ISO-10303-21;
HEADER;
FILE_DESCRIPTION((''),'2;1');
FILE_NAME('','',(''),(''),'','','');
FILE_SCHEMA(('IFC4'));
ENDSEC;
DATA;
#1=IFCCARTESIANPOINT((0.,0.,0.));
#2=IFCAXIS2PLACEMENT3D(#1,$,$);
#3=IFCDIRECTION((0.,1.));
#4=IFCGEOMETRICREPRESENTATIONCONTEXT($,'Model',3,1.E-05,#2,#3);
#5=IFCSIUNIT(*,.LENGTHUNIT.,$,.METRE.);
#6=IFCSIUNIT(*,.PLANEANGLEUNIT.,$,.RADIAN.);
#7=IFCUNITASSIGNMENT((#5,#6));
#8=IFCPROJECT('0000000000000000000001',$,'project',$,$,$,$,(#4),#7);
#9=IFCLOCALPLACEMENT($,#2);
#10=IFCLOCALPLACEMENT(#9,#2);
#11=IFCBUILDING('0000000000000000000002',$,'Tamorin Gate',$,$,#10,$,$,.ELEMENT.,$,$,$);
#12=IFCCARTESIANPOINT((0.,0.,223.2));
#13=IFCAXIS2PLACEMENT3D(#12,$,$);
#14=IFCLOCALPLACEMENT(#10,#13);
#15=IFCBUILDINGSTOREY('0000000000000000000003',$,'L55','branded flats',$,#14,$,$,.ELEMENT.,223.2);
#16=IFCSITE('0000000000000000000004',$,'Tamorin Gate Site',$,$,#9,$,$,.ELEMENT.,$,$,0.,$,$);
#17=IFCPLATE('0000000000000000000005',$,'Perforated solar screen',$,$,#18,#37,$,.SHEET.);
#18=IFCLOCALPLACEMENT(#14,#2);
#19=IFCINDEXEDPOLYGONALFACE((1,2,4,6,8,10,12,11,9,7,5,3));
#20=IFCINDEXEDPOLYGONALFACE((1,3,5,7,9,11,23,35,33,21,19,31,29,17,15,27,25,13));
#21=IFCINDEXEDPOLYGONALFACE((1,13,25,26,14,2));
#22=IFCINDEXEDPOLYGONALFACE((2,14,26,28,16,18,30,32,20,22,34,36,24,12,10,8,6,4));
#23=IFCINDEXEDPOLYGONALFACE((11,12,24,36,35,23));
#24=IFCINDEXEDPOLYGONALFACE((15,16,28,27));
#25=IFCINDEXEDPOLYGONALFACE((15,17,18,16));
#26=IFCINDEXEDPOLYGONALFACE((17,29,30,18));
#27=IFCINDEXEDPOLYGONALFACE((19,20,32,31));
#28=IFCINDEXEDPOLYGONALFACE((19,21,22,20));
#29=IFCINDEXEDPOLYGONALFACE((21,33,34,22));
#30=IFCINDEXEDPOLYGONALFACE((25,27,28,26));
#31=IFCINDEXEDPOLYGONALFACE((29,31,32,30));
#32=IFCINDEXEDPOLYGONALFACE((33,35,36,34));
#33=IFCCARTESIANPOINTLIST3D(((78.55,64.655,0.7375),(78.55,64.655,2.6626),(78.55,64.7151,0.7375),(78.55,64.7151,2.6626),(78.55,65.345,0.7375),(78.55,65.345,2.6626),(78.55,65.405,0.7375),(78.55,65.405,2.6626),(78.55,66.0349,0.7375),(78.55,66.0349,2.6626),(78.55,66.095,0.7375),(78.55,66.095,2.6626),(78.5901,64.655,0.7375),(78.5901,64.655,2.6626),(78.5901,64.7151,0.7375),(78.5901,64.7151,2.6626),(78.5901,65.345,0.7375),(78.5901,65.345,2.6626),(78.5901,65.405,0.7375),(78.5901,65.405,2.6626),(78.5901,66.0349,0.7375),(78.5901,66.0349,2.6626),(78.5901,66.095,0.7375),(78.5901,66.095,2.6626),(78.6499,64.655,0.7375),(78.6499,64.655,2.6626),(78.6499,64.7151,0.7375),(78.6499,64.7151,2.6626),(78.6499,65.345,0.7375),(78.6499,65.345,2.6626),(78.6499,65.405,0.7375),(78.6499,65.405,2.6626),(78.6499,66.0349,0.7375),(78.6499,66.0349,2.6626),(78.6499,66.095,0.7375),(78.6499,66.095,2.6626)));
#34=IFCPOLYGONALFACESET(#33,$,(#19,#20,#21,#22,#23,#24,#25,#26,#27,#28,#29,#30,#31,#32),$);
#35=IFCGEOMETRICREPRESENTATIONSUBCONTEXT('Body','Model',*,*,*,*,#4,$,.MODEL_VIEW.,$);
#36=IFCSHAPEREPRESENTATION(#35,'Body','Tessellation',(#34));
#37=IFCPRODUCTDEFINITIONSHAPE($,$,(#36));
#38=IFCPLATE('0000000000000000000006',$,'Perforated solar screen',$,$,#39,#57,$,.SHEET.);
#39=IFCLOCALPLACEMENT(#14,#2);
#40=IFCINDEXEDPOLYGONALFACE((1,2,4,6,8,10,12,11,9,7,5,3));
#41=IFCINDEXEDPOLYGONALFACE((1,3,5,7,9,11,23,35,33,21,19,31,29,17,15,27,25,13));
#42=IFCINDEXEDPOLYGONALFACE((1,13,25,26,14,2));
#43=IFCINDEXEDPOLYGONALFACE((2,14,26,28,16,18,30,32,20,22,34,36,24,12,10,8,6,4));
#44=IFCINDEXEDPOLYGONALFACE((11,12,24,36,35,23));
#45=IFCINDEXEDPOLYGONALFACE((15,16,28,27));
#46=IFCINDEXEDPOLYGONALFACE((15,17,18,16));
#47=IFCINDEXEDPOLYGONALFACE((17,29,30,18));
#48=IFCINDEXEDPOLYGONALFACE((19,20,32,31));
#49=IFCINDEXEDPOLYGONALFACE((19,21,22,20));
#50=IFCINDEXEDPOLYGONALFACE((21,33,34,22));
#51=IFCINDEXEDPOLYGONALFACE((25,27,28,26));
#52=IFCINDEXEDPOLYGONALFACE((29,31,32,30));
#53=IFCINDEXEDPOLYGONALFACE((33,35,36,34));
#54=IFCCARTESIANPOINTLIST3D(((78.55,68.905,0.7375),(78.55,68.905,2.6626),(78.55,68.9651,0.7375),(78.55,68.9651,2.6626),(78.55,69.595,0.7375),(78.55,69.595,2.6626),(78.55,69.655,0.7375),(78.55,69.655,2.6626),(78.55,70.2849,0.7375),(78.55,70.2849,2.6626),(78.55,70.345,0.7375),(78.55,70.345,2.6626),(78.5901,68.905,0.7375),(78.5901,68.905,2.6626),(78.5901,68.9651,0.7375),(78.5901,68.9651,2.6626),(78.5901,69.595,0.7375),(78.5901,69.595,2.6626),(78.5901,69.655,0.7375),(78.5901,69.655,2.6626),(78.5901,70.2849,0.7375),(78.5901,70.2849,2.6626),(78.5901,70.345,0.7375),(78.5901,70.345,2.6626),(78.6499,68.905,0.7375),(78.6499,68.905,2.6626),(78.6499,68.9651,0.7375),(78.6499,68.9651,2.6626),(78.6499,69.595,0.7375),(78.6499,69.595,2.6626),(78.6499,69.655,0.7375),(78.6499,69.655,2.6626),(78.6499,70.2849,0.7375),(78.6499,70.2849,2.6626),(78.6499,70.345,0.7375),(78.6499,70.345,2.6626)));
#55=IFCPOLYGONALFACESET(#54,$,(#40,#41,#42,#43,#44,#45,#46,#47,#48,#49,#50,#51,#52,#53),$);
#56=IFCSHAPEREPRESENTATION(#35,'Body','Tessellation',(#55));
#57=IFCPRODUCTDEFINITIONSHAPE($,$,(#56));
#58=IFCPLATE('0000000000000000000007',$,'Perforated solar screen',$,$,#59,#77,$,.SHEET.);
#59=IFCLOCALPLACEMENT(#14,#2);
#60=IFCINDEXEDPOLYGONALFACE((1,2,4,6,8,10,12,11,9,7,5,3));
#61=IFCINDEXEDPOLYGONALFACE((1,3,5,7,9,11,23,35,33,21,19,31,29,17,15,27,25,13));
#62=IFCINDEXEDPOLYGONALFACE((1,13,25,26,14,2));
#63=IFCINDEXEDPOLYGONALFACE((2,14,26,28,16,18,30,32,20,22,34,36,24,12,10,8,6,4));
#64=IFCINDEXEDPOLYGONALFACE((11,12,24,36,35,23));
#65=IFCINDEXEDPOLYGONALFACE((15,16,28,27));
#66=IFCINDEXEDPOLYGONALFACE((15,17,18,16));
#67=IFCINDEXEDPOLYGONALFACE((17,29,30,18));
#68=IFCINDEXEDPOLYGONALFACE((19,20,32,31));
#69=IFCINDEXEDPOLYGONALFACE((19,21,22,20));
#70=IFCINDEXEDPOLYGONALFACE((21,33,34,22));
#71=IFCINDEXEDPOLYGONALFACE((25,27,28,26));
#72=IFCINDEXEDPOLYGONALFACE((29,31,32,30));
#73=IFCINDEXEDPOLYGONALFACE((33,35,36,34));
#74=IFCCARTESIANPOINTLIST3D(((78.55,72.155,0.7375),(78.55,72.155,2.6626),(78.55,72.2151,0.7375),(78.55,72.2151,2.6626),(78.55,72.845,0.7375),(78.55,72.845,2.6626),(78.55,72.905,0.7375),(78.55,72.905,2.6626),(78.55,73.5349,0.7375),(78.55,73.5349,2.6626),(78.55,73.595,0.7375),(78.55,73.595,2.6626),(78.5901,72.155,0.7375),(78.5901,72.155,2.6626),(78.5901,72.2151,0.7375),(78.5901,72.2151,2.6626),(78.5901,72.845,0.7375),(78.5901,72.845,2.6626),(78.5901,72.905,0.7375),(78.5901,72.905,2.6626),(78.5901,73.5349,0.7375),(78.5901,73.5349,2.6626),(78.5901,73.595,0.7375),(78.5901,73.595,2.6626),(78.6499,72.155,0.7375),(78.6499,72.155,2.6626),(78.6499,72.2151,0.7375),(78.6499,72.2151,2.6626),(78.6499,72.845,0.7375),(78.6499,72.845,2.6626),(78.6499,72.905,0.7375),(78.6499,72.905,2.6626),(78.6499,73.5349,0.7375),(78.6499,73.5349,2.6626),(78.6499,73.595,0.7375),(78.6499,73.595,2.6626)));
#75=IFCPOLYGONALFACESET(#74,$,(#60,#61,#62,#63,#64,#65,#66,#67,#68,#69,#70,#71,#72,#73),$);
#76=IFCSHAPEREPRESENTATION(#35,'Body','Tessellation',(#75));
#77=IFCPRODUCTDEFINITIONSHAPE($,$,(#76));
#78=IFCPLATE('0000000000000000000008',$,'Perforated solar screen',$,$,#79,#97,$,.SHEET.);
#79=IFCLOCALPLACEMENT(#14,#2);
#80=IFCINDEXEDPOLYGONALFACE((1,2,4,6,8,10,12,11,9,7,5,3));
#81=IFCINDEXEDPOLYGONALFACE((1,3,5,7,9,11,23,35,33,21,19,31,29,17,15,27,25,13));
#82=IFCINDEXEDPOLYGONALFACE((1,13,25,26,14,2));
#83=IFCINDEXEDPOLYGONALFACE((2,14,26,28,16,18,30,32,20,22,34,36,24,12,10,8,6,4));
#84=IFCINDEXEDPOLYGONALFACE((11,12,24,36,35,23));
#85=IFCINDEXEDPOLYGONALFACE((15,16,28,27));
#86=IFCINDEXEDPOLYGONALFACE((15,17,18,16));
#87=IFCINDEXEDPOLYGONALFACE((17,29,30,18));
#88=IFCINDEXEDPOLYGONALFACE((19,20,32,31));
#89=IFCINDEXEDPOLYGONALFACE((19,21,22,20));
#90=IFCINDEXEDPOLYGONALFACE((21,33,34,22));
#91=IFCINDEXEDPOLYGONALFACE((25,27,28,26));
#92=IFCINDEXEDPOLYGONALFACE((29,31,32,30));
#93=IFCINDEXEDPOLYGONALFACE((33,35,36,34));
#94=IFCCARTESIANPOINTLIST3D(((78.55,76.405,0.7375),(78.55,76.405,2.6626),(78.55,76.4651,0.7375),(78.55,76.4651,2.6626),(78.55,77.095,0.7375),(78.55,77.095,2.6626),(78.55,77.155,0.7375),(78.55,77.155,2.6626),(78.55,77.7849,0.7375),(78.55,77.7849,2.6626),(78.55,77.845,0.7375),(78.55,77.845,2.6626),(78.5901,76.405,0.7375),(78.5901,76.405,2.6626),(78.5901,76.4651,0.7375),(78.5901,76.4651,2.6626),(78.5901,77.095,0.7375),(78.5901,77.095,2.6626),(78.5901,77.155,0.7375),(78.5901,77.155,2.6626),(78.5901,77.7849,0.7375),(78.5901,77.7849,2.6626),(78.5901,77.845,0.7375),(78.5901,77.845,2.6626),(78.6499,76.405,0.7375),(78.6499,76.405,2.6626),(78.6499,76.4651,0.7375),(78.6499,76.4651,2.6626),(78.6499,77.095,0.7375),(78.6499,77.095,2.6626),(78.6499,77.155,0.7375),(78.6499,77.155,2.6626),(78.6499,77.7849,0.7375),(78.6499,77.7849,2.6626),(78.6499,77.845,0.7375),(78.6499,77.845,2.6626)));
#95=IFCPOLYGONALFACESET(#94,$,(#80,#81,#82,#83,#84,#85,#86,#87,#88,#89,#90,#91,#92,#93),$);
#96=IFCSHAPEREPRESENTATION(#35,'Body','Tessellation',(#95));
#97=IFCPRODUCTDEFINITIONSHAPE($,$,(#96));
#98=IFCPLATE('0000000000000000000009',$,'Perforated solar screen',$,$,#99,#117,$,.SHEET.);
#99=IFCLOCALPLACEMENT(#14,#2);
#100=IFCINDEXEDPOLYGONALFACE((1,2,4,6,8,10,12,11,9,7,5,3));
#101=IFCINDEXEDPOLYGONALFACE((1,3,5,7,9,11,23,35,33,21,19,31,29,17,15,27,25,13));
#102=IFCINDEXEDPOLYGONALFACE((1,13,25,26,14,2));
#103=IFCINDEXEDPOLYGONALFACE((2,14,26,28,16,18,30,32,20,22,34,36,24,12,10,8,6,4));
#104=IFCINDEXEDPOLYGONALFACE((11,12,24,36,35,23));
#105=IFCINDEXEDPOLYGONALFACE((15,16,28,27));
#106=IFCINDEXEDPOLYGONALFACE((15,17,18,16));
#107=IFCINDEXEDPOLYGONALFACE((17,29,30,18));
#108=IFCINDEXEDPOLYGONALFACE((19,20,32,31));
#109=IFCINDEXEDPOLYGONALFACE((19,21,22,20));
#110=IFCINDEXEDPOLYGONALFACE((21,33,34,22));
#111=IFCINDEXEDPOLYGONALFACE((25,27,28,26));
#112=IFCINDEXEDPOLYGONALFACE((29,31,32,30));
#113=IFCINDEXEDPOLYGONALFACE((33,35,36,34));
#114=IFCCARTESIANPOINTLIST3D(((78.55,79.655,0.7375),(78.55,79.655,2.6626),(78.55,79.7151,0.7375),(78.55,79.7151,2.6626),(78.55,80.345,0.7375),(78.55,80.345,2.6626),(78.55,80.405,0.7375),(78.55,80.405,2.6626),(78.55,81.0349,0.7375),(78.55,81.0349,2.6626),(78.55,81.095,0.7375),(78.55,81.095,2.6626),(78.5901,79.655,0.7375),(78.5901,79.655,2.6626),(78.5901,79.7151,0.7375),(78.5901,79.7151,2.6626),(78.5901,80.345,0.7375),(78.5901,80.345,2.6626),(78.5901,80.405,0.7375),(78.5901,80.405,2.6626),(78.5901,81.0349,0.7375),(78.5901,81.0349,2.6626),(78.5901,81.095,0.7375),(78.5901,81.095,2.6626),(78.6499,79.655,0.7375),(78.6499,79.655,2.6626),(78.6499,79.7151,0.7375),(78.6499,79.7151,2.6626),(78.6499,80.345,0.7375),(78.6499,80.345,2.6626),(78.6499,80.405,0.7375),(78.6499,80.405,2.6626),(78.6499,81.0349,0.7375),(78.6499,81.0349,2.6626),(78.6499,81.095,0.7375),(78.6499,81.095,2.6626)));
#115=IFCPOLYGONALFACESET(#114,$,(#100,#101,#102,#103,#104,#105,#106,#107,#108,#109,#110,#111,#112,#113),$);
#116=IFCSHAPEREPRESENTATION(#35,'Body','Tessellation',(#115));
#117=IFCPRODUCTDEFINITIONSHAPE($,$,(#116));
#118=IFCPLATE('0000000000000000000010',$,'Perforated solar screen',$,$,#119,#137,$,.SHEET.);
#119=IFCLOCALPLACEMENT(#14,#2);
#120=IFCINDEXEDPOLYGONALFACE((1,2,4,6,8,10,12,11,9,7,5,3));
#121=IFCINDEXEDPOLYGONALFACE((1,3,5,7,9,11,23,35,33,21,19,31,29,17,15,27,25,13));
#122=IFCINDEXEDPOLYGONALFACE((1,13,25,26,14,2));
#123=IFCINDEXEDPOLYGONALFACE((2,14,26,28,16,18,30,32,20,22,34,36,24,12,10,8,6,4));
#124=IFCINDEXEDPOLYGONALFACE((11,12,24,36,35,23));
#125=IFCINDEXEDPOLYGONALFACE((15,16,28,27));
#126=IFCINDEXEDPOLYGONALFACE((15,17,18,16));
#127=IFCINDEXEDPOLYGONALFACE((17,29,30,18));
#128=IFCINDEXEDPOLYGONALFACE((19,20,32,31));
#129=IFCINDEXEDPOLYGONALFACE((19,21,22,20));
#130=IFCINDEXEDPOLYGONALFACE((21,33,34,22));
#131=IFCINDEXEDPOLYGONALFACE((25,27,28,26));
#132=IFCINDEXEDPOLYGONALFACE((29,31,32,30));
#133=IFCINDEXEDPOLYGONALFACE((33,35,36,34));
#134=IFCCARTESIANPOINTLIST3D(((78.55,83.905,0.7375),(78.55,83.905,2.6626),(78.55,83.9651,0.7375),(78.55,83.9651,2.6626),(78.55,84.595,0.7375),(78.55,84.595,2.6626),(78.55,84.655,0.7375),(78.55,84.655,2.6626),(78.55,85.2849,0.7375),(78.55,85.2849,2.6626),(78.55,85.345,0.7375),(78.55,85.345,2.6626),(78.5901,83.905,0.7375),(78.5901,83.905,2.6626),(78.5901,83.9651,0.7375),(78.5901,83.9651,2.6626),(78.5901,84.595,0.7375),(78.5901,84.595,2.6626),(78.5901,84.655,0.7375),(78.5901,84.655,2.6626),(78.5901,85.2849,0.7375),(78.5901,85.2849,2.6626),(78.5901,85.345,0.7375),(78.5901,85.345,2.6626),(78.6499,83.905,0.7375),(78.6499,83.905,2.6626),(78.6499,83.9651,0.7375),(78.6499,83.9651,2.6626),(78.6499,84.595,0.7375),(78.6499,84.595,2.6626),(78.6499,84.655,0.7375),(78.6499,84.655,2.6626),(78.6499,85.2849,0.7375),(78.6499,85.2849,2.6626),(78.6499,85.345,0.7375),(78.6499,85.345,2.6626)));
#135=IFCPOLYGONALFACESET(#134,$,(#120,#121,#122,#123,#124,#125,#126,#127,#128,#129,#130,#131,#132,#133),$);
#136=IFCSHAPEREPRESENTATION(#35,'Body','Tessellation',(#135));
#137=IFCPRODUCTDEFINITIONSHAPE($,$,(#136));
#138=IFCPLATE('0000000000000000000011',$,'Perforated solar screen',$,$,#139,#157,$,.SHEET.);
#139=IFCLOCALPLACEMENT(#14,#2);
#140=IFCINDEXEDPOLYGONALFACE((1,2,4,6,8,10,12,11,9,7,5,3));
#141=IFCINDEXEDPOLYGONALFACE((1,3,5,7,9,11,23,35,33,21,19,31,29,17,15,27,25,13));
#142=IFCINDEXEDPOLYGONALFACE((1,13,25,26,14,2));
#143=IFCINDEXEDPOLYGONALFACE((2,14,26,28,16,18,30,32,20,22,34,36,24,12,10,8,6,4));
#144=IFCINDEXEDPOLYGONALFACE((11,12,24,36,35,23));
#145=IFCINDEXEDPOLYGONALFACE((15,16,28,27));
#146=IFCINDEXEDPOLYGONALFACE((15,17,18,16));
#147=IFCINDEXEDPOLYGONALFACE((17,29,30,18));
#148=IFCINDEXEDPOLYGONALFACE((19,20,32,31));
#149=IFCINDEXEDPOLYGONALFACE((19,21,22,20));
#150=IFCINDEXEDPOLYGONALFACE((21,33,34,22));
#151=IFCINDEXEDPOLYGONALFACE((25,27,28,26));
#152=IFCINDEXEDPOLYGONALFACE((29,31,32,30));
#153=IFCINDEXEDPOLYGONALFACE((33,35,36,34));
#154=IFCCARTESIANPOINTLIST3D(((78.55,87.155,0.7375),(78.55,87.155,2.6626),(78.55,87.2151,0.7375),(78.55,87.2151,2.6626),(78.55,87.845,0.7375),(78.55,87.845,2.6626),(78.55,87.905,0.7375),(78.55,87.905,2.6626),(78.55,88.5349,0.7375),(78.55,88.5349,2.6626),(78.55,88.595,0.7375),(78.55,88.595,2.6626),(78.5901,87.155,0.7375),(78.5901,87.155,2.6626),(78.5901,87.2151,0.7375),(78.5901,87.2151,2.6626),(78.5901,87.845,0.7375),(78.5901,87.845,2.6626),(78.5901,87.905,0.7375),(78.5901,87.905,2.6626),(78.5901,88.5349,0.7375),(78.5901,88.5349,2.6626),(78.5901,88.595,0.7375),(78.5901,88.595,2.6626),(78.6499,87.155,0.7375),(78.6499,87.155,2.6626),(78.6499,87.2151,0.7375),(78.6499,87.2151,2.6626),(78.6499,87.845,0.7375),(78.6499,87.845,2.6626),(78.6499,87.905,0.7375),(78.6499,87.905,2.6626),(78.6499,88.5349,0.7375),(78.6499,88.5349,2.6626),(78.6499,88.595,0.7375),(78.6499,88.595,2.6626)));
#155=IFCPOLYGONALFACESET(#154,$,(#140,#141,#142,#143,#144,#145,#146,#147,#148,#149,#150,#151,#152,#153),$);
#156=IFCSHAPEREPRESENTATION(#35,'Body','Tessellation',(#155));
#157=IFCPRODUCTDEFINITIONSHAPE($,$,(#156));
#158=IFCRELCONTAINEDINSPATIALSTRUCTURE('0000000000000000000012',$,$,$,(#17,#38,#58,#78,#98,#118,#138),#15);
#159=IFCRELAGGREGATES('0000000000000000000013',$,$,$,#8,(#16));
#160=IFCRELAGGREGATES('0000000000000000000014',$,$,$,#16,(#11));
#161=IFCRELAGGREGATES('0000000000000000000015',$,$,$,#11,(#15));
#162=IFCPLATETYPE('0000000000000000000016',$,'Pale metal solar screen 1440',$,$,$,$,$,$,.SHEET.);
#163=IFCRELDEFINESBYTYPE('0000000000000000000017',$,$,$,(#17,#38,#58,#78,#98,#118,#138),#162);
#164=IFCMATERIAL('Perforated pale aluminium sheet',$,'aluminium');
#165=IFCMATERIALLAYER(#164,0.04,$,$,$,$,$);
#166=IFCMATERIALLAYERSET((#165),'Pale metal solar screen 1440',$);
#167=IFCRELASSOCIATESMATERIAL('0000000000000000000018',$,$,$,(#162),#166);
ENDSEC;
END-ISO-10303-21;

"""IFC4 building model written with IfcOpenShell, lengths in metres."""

from ifc_helpers import new_model, si_unit, direction, frame, origin, place, context, subcontext, project, spatial, polyline, outline, extrude, material, layer, layer_set, type_object, element, save


model = new_model("IFC4")

# Units and contexts
model_context = context("Model", 3, precision=1e-05, world=origin(), true_north=direction((0.0, 1.0)))
body_context = subcontext(model_context, "Body", "Model", "MODEL_VIEW")
ifc_project = project(units=[si_unit("LENGTHUNIT", "METRE"), si_unit("PLANEANGLEUNIT", "RADIAN")], contexts=[model_context])

# Site, building, storey
site_placement = place(None, origin())
site = spatial("IfcSite", under=ifc_project, at=site_placement, Name="Tamorin Gate Site", CompositionType="ELEMENT", RefElevation=0.0)
building_placement = place(site_placement, origin())
building = spatial("IfcBuilding", under=site, at=building_placement, Name="Tamorin Gate", CompositionType="ELEMENT")
storey_placement = place(building_placement, frame((0.0, 0.0, 223.2)))
storey = spatial("IfcBuildingStorey", under=building, at=storey_placement, Name="L55", Description="branded flats", CompositionType="ELEMENT", Elevation=223.2)

# Plates
ifc_material_1 = material(Name="Perforated pale aluminium sheet", Category="aluminium")
ifc_layer_1 = layer(ifc_material_1, 0.04)
ifc_layer_set_1 = layer_set([ifc_layer_1], Name="Pale metal solar screen 1440")
plate_type = type_object("IfcPlateType", Name="Pale metal solar screen 1440", PredefinedType="SHEET", material=ifc_layer_set_1)
plate_1_placement = place(storey_placement, frame((0.0, 0.0, 0.7375)))
element("IfcPlate", 1, at=plate_1_placement, inside=storey, type_object=plate_type, Name="Perforated solar screen", PredefinedType="SHEET", context=body_context, shape_type="SweptSolid", body=[
    extrude(outline(polyline([(78.5901, 64.655), (78.55, 64.655), (78.55, 64.7151), (78.55, 65.345), (78.55, 65.405), (78.55, 66.0349), (78.55, 66.095), (78.5901, 66.095), (78.6499, 66.095), (78.6499, 66.0349), (78.5901, 66.0349), (78.5901, 65.405), (78.6499, 65.405), (78.6499, 65.345), (78.5901, 65.345), (78.5901, 64.7151), (78.6499, 64.7151), (78.6499, 64.655), (78.5901, 64.655)])), origin(), (0.0, 0.0, 1.0), 1.925),
])
plate_2_placement = place(storey_placement, frame((0.0, 0.0, 0.7375)))
element("IfcPlate", 2, at=plate_2_placement, inside=storey, type_object=plate_type, Name="Perforated solar screen", PredefinedType="SHEET", context=body_context, shape_type="SweptSolid", body=[
    extrude(outline(polyline([(78.5901, 68.905), (78.55, 68.905), (78.55, 68.9651), (78.55, 69.595), (78.55, 69.655), (78.55, 70.2849), (78.55, 70.345), (78.5901, 70.345), (78.6499, 70.345), (78.6499, 70.2849), (78.5901, 70.2849), (78.5901, 69.655), (78.6499, 69.655), (78.6499, 69.595), (78.5901, 69.595), (78.5901, 68.9651), (78.6499, 68.9651), (78.6499, 68.905), (78.5901, 68.905)])), origin(), (0.0, 0.0, 1.0), 1.925),
])
plate_3_placement = place(storey_placement, frame((0.0, 0.0, 0.7375)))
element("IfcPlate", 3, at=plate_3_placement, inside=storey, type_object=plate_type, Name="Perforated solar screen", PredefinedType="SHEET", context=body_context, shape_type="SweptSolid", body=[
    extrude(outline(polyline([(78.5901, 72.155), (78.55, 72.155), (78.55, 72.2151), (78.55, 72.845), (78.55, 72.905), (78.55, 73.5349), (78.55, 73.595), (78.5901, 73.595), (78.6499, 73.595), (78.6499, 73.5349), (78.5901, 73.5349), (78.5901, 72.905), (78.6499, 72.905), (78.6499, 72.845), (78.5901, 72.845), (78.5901, 72.2151), (78.6499, 72.2151), (78.6499, 72.155), (78.5901, 72.155)])), origin(), (0.0, 0.0, 1.0), 1.925),
])
plate_4_placement = place(storey_placement, frame((0.0, 0.0, 0.7375)))
element("IfcPlate", 4, at=plate_4_placement, inside=storey, type_object=plate_type, Name="Perforated solar screen", PredefinedType="SHEET", context=body_context, shape_type="SweptSolid", body=[
    extrude(outline(polyline([(78.5901, 76.405), (78.55, 76.405), (78.55, 76.4651), (78.55, 77.095), (78.55, 77.155), (78.55, 77.7849), (78.55, 77.845), (78.5901, 77.845), (78.6499, 77.845), (78.6499, 77.7849), (78.5901, 77.7849), (78.5901, 77.155), (78.6499, 77.155), (78.6499, 77.095), (78.5901, 77.095), (78.5901, 76.4651), (78.6499, 76.4651), (78.6499, 76.405), (78.5901, 76.405)])), origin(), (0.0, 0.0, 1.0), 1.925),
])
plate_5_placement = place(storey_placement, frame((0.0, 0.0, 0.7375)))
element("IfcPlate", 5, at=plate_5_placement, inside=storey, type_object=plate_type, Name="Perforated solar screen", PredefinedType="SHEET", context=body_context, shape_type="SweptSolid", body=[
    extrude(outline(polyline([(78.5901, 79.655), (78.55, 79.655), (78.55, 79.7151), (78.55, 80.345), (78.55, 80.405), (78.55, 81.0349), (78.55, 81.095), (78.5901, 81.095), (78.6499, 81.095), (78.6499, 81.0349), (78.5901, 81.0349), (78.5901, 80.405), (78.6499, 80.405), (78.6499, 80.345), (78.5901, 80.345), (78.5901, 79.7151), (78.6499, 79.7151), (78.6499, 79.655), (78.5901, 79.655)])), origin(), (0.0, 0.0, 1.0), 1.925),
])
plate_6_placement = place(storey_placement, frame((0.0, 0.0, 0.7375)))
element("IfcPlate", 6, at=plate_6_placement, inside=storey, type_object=plate_type, Name="Perforated solar screen", PredefinedType="SHEET", context=body_context, shape_type="SweptSolid", body=[
    extrude(outline(polyline([(78.5901, 83.905), (78.55, 83.905), (78.55, 83.9651), (78.55, 84.595), (78.55, 84.655), (78.55, 85.2849), (78.55, 85.345), (78.5901, 85.345), (78.6499, 85.345), (78.6499, 85.2849), (78.5901, 85.2849), (78.5901, 84.655), (78.6499, 84.655), (78.6499, 84.595), (78.5901, 84.595), (78.5901, 83.9651), (78.6499, 83.9651), (78.6499, 83.905), (78.5901, 83.905)])), origin(), (0.0, 0.0, 1.0), 1.925),
])
plate_7_placement = place(storey_placement, frame((0.0, 0.0, 0.7375)))
element("IfcPlate", 7, at=plate_7_placement, inside=storey, type_object=plate_type, Name="Perforated solar screen", PredefinedType="SHEET", context=body_context, shape_type="SweptSolid", body=[
    extrude(outline(polyline([(78.5901, 87.155), (78.55, 87.155), (78.55, 87.2151), (78.55, 87.845), (78.55, 87.905), (78.55, 88.5349), (78.55, 88.595), (78.5901, 88.595), (78.6499, 88.595), (78.6499, 88.5349), (78.5901, 88.5349), (78.5901, 87.905), (78.6499, 87.905), (78.6499, 87.845), (78.5901, 87.845), (78.5901, 87.2151), (78.6499, 87.2151), (78.6499, 87.155), (78.5901, 87.155)])), origin(), (0.0, 0.0, 1.0), 1.925),
])

save(model, "model.ifc")
